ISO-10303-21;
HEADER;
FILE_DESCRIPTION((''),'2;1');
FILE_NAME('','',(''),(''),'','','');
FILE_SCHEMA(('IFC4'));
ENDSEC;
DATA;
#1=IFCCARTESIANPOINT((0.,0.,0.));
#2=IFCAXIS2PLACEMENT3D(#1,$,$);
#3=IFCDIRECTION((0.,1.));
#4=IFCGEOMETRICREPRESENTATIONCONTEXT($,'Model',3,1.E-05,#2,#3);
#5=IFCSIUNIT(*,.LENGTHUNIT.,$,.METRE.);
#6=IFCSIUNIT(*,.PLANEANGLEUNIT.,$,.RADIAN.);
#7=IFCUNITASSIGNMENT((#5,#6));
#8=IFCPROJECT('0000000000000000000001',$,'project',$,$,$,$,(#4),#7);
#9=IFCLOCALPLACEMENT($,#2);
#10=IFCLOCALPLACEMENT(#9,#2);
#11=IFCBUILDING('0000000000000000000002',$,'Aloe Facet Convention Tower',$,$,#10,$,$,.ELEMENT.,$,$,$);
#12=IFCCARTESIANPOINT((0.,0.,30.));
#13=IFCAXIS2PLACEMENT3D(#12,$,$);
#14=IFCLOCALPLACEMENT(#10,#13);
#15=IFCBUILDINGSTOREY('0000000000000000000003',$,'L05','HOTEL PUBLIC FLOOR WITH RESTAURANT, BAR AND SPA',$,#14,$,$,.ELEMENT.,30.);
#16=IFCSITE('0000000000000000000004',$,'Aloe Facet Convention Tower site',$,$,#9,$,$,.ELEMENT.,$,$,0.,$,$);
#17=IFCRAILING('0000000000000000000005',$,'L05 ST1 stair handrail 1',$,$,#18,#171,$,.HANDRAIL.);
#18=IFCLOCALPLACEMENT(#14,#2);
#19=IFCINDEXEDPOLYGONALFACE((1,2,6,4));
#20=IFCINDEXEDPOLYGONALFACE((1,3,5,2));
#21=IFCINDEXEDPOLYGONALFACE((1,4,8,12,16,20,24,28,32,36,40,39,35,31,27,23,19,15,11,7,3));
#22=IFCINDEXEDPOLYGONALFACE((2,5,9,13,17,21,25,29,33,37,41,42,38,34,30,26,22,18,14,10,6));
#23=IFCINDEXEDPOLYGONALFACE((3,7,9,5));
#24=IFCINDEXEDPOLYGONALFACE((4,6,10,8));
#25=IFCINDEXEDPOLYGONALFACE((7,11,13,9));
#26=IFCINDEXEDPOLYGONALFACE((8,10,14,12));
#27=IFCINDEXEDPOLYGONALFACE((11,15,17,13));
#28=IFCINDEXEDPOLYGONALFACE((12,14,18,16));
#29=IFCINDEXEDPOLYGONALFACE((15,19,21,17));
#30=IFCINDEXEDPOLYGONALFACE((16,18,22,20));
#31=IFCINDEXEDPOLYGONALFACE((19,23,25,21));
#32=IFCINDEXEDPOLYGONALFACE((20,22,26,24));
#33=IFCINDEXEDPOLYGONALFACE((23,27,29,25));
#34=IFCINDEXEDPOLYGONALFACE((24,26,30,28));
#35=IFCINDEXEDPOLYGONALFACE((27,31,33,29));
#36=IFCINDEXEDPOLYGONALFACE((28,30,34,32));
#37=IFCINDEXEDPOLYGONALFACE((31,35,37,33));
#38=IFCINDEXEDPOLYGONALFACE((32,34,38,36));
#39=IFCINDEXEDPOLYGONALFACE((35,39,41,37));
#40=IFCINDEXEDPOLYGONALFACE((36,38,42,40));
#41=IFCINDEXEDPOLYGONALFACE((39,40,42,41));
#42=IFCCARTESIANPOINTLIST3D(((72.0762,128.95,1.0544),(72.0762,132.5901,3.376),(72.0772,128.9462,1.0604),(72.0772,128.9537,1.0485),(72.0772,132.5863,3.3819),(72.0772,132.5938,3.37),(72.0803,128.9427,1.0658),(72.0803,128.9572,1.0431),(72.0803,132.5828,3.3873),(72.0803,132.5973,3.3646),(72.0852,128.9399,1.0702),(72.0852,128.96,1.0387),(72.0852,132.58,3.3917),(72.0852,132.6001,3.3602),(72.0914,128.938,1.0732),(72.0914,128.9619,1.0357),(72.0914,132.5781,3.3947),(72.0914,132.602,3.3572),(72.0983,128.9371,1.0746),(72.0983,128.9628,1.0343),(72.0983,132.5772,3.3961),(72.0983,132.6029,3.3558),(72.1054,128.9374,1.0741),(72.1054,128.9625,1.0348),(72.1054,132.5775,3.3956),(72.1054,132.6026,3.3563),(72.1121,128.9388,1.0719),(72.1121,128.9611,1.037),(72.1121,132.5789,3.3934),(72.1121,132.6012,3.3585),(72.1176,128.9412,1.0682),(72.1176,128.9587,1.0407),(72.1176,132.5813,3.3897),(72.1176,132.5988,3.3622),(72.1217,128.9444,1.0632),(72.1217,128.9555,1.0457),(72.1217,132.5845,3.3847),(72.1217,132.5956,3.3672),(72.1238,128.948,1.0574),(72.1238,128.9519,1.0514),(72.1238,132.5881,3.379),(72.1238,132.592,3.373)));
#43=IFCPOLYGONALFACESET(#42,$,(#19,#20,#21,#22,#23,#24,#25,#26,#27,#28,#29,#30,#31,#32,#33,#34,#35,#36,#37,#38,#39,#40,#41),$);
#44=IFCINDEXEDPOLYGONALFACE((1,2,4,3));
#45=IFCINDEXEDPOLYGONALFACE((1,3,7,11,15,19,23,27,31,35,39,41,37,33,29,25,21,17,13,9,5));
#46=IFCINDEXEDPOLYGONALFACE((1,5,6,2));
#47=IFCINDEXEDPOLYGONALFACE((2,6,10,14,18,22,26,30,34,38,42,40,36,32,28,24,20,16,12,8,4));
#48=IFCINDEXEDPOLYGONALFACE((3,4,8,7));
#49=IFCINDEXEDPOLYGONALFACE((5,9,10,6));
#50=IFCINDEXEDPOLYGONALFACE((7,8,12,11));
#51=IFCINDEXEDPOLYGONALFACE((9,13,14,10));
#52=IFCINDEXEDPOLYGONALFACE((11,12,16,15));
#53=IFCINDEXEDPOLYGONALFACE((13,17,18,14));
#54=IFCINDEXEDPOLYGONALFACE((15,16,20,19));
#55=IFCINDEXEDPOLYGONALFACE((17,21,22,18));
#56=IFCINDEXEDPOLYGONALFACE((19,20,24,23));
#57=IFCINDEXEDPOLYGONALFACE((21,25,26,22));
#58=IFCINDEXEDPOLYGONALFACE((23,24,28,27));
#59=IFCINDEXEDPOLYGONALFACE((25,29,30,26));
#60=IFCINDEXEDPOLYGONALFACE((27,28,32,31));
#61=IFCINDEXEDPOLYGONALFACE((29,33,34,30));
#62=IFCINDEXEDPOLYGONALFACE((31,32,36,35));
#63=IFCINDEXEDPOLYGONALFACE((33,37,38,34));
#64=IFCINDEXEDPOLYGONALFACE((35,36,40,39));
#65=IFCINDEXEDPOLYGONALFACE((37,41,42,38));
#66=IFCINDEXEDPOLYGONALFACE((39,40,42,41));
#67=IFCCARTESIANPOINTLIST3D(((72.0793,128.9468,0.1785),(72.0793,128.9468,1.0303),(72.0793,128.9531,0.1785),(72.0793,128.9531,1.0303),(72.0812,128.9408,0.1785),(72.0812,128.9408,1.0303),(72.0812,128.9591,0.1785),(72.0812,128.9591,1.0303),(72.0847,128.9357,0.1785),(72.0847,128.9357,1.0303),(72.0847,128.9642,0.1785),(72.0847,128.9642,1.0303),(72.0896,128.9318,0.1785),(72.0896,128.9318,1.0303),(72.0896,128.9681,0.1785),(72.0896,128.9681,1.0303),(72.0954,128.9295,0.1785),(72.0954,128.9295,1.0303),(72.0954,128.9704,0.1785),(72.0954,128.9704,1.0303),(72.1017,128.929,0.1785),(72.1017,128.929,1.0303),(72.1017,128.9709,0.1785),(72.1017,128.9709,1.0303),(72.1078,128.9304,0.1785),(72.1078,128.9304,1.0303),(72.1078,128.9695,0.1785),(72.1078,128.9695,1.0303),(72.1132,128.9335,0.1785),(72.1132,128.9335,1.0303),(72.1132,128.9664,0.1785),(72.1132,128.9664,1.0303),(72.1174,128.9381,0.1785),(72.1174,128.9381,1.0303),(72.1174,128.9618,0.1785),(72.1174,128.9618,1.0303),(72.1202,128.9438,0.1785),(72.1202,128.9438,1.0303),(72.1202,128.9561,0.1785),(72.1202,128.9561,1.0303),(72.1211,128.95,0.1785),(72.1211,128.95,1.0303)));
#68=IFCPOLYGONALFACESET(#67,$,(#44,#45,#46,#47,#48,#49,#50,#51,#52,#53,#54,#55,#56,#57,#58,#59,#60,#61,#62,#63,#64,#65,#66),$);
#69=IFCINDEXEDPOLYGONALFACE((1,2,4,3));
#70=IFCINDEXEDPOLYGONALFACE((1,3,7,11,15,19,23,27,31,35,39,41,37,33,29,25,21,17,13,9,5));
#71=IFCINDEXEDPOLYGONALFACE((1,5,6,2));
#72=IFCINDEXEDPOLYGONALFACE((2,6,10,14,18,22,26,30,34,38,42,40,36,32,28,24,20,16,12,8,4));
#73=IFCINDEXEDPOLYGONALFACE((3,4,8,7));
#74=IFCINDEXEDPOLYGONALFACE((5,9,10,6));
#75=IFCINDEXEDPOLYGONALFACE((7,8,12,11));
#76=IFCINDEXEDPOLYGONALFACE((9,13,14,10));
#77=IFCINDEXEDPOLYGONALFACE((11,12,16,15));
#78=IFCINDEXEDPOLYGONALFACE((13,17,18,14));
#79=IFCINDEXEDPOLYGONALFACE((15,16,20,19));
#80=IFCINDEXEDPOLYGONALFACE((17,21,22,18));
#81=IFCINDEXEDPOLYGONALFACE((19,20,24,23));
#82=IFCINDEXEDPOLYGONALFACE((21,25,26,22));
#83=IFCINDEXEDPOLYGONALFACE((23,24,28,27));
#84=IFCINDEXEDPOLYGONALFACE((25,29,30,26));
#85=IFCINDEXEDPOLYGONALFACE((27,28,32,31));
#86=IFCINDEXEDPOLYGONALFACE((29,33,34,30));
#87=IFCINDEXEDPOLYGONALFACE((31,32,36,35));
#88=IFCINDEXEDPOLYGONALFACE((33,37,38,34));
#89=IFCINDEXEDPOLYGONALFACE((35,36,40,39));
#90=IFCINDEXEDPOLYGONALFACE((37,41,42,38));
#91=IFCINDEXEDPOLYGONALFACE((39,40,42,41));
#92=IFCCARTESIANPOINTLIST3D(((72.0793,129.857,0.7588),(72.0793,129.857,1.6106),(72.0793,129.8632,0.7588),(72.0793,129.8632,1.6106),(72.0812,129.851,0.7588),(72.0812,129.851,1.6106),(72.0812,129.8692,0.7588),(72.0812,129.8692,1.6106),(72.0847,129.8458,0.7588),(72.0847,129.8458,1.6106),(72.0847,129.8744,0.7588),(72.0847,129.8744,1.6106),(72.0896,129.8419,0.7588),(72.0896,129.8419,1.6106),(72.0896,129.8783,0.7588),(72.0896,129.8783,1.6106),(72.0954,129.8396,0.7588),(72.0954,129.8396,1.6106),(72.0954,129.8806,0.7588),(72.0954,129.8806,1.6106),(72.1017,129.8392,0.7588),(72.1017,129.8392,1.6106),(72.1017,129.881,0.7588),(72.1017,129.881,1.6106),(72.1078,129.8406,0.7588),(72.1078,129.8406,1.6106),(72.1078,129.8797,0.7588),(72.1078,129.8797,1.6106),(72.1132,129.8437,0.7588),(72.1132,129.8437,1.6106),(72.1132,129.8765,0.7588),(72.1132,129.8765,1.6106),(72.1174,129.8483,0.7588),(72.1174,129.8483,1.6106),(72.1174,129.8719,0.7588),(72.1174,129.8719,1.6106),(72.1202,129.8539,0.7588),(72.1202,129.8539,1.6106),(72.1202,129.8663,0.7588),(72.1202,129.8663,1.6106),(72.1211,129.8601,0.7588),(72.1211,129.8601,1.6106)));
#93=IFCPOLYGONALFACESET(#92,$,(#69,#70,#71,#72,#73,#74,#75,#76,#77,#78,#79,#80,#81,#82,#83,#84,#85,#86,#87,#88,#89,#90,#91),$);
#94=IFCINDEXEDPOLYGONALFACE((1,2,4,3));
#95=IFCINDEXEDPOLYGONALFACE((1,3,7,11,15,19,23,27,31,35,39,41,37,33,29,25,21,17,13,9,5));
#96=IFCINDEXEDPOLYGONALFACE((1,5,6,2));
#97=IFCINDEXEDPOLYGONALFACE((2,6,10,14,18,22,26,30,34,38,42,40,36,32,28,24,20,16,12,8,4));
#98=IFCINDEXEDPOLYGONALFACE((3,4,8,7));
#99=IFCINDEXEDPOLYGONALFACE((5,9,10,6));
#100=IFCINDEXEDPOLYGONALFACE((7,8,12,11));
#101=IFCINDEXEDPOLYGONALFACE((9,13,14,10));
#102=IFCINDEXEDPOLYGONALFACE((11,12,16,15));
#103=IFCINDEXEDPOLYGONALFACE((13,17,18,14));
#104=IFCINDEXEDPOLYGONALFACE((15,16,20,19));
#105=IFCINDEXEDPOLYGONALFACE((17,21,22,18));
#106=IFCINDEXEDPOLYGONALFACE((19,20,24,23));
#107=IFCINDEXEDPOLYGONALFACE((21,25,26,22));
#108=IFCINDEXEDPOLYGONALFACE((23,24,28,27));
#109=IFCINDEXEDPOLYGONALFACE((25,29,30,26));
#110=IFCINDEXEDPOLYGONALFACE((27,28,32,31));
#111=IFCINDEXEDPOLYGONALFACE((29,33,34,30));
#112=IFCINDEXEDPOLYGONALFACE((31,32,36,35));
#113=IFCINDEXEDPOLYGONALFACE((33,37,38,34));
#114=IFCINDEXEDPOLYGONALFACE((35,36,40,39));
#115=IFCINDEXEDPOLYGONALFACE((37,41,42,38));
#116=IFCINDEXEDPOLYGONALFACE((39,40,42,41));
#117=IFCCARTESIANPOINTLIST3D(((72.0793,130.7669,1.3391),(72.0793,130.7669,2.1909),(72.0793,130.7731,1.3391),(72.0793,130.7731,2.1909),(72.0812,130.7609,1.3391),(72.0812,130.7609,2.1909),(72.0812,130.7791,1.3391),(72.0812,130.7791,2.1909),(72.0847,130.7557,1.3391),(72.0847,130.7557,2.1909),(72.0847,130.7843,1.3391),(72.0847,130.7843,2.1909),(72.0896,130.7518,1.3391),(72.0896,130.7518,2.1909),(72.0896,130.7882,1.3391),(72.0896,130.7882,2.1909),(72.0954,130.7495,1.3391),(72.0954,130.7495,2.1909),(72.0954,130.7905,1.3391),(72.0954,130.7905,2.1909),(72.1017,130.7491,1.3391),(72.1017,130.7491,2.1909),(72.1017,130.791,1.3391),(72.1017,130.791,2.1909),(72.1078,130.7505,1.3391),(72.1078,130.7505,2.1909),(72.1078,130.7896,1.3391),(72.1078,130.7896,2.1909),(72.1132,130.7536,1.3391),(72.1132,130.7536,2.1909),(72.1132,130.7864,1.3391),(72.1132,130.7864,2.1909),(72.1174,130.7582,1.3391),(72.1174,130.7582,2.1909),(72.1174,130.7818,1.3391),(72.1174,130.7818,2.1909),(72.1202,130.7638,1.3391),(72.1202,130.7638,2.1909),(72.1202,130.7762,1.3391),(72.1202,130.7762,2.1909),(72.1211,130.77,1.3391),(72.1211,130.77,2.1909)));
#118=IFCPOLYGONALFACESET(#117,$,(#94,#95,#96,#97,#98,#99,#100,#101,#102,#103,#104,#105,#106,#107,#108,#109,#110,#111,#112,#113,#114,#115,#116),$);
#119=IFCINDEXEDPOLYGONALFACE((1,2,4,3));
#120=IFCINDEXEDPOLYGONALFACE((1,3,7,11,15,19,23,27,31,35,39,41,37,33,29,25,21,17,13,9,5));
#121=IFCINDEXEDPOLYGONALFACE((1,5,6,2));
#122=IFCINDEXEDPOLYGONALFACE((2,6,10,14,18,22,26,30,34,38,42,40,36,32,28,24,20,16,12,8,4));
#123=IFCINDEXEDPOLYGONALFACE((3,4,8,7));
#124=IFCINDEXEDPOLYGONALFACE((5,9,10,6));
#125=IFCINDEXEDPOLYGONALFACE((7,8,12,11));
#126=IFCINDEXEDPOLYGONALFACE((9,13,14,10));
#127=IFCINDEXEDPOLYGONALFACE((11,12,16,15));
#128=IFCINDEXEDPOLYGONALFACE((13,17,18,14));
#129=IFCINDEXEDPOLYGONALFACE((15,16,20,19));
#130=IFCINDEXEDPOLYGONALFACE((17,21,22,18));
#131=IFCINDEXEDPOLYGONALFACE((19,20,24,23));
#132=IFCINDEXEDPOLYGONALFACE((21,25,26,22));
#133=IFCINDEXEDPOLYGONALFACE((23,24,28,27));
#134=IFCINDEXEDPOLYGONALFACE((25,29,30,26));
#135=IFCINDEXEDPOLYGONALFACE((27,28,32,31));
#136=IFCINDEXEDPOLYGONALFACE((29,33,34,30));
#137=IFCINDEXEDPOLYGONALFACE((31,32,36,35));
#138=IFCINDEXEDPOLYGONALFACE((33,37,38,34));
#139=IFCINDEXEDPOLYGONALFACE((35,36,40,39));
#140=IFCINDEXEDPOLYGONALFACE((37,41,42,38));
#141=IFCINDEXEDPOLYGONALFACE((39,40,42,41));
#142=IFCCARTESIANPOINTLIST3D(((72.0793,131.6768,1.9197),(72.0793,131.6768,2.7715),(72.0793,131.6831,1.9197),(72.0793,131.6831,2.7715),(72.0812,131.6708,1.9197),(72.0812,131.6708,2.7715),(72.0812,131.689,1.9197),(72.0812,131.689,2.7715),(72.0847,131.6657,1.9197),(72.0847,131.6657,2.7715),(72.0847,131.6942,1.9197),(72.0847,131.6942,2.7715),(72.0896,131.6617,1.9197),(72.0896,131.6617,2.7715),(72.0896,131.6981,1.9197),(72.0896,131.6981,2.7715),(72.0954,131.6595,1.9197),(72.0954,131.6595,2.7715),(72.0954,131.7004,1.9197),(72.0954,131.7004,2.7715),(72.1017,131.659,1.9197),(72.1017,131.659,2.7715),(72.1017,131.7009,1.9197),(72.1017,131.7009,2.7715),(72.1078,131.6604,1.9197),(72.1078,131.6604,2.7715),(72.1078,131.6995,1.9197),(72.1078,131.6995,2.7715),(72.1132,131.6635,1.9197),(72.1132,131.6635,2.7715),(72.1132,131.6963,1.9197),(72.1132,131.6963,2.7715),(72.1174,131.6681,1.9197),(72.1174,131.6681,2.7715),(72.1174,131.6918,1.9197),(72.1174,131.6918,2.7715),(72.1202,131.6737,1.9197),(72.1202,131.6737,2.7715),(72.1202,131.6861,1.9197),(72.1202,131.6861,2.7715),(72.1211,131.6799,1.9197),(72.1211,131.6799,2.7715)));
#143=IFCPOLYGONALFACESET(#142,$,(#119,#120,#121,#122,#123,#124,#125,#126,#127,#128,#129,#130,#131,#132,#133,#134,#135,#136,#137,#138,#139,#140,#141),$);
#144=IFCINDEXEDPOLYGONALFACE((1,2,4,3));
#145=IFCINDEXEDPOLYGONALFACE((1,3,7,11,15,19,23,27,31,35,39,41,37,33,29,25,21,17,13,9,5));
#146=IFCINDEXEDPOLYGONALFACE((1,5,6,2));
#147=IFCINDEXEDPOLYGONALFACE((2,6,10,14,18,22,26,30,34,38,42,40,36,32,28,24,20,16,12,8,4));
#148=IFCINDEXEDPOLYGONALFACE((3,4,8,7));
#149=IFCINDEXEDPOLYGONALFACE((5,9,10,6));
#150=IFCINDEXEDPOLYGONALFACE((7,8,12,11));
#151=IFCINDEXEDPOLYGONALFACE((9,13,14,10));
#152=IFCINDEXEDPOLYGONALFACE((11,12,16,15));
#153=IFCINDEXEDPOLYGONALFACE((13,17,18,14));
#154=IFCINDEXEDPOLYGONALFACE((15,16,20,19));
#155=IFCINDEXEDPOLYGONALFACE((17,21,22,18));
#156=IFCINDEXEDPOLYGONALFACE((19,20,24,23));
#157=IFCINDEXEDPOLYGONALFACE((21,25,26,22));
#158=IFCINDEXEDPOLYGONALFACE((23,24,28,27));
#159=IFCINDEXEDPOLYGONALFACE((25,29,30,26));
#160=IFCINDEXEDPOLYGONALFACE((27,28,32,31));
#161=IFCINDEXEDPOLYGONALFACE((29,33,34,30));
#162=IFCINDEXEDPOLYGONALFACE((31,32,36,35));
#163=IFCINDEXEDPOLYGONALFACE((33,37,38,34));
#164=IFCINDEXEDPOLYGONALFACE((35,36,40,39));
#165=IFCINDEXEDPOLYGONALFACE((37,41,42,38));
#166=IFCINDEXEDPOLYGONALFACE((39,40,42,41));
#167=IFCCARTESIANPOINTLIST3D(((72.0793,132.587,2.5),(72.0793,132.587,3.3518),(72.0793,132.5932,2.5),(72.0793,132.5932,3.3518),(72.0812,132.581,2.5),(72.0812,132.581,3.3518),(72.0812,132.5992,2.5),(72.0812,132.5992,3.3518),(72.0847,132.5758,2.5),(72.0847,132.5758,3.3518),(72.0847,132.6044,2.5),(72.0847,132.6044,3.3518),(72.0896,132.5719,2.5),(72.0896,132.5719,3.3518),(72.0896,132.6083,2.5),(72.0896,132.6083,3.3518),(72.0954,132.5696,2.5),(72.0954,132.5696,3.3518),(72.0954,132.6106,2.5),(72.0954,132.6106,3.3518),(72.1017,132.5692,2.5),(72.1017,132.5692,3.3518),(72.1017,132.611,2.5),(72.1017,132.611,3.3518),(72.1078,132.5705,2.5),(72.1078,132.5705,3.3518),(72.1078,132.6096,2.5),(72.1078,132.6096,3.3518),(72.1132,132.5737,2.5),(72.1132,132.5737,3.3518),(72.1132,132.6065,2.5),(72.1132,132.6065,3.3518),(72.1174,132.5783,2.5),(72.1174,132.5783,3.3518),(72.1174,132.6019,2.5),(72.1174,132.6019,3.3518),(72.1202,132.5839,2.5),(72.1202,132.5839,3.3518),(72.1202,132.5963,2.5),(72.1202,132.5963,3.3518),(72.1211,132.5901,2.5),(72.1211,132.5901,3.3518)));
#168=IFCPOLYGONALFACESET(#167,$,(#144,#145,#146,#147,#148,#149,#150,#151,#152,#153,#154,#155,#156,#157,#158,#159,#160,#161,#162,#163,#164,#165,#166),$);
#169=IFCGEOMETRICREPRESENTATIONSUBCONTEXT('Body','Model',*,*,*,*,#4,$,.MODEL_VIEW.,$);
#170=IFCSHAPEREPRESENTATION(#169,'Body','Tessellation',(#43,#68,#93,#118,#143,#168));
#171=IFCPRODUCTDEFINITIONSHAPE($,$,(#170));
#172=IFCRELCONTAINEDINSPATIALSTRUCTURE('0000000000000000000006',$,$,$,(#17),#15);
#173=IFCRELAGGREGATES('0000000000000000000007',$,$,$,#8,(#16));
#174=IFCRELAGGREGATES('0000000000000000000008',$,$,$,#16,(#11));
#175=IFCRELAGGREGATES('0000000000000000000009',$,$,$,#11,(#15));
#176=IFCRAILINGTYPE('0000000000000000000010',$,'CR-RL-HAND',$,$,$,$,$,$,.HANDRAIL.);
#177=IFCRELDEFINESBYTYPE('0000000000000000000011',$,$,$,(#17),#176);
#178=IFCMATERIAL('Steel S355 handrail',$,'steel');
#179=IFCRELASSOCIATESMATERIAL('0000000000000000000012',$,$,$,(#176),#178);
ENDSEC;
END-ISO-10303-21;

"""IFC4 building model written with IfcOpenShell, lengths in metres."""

from ifc_helpers import new_model, si_unit, direction, frame, origin, origin_2d, place, context, subcontext, project, spatial, circle, extrude, material, type_object, element, save


model = new_model("IFC4")

# Units and contexts
model_context = context("Model", 3, precision=1e-05, world=origin(), true_north=direction((0.0, 1.0)))
body_context = subcontext(model_context, "Body", "Model", "MODEL_VIEW")
ifc_project = project(units=[si_unit("LENGTHUNIT", "METRE"), si_unit("PLANEANGLEUNIT", "RADIAN")], contexts=[model_context])

# Site, building, storey
site_placement = place(None, origin())
site = spatial("IfcSite", under=ifc_project, at=site_placement, Name="Aloe Facet Convention Tower site", CompositionType="ELEMENT", RefElevation=0.0)
building_placement = place(site_placement, origin())
building = spatial("IfcBuilding", under=site, at=building_placement, Name="Aloe Facet Convention Tower", CompositionType="ELEMENT")
storey_placement = place(building_placement, frame((0.0, 0.0, 30.0)))
storey = spatial("IfcBuildingStorey", under=building, at=storey_placement, Name="L05", Description="HOTEL PUBLIC FLOOR WITH RESTAURANT, BAR AND SPA", CompositionType="ELEMENT", Elevation=30.0)

# Railing
ifc_material_1 = material(Name="Steel S355 handrail", Category="steel")
railing_type_1 = type_object("IfcRailingType", Name="CR-RL-HAND", PredefinedType="HANDRAIL", material=ifc_material_1)
railing_1_placement = place(storey_placement, frame((72.1001, 128.95, 0.1785)))
element("IfcRailing", 1, at=railing_1_placement, inside=storey, type_object=railing_type_1, Name="L05 ST1 stair handrail 1", PredefinedType="HANDRAIL", context=body_context, shape_type="SweptSolid", body=[
    extrude(circle(Radius=0.0239, at=origin_2d()), frame((0.0, 0.0, 0.876), z_axis=(0.0, 0.843128, 0.537713), x_axis=(-1.0, 0.0, 0.0)), (0.0, 0.0, 1.0), 4.3174),
    extrude(circle(Radius=0.021, at=origin_2d()), origin(), (0.0, 0.0, 1.0), 0.8518),
    extrude(circle(Radius=0.021, at=origin_2d()), frame((0.0, 0.9102, 0.5803)), (0.0, 0.0, 1.0), 0.8518),
    extrude(circle(Radius=0.021, at=origin_2d()), frame((0.0, 1.8201, 1.1606)), (0.0, 0.0, 1.0), 0.8518),
    extrude(circle(Radius=0.021, at=origin_2d()), frame((0.0, 2.73, 1.7412)), (0.0, 0.0, 1.0), 0.8518),
    extrude(circle(Radius=0.021, at=origin_2d()), frame((0.0, 3.6401, 2.3215)), (0.0, 0.0, 1.0), 0.8518),
])

save(model, "model.ifc")
